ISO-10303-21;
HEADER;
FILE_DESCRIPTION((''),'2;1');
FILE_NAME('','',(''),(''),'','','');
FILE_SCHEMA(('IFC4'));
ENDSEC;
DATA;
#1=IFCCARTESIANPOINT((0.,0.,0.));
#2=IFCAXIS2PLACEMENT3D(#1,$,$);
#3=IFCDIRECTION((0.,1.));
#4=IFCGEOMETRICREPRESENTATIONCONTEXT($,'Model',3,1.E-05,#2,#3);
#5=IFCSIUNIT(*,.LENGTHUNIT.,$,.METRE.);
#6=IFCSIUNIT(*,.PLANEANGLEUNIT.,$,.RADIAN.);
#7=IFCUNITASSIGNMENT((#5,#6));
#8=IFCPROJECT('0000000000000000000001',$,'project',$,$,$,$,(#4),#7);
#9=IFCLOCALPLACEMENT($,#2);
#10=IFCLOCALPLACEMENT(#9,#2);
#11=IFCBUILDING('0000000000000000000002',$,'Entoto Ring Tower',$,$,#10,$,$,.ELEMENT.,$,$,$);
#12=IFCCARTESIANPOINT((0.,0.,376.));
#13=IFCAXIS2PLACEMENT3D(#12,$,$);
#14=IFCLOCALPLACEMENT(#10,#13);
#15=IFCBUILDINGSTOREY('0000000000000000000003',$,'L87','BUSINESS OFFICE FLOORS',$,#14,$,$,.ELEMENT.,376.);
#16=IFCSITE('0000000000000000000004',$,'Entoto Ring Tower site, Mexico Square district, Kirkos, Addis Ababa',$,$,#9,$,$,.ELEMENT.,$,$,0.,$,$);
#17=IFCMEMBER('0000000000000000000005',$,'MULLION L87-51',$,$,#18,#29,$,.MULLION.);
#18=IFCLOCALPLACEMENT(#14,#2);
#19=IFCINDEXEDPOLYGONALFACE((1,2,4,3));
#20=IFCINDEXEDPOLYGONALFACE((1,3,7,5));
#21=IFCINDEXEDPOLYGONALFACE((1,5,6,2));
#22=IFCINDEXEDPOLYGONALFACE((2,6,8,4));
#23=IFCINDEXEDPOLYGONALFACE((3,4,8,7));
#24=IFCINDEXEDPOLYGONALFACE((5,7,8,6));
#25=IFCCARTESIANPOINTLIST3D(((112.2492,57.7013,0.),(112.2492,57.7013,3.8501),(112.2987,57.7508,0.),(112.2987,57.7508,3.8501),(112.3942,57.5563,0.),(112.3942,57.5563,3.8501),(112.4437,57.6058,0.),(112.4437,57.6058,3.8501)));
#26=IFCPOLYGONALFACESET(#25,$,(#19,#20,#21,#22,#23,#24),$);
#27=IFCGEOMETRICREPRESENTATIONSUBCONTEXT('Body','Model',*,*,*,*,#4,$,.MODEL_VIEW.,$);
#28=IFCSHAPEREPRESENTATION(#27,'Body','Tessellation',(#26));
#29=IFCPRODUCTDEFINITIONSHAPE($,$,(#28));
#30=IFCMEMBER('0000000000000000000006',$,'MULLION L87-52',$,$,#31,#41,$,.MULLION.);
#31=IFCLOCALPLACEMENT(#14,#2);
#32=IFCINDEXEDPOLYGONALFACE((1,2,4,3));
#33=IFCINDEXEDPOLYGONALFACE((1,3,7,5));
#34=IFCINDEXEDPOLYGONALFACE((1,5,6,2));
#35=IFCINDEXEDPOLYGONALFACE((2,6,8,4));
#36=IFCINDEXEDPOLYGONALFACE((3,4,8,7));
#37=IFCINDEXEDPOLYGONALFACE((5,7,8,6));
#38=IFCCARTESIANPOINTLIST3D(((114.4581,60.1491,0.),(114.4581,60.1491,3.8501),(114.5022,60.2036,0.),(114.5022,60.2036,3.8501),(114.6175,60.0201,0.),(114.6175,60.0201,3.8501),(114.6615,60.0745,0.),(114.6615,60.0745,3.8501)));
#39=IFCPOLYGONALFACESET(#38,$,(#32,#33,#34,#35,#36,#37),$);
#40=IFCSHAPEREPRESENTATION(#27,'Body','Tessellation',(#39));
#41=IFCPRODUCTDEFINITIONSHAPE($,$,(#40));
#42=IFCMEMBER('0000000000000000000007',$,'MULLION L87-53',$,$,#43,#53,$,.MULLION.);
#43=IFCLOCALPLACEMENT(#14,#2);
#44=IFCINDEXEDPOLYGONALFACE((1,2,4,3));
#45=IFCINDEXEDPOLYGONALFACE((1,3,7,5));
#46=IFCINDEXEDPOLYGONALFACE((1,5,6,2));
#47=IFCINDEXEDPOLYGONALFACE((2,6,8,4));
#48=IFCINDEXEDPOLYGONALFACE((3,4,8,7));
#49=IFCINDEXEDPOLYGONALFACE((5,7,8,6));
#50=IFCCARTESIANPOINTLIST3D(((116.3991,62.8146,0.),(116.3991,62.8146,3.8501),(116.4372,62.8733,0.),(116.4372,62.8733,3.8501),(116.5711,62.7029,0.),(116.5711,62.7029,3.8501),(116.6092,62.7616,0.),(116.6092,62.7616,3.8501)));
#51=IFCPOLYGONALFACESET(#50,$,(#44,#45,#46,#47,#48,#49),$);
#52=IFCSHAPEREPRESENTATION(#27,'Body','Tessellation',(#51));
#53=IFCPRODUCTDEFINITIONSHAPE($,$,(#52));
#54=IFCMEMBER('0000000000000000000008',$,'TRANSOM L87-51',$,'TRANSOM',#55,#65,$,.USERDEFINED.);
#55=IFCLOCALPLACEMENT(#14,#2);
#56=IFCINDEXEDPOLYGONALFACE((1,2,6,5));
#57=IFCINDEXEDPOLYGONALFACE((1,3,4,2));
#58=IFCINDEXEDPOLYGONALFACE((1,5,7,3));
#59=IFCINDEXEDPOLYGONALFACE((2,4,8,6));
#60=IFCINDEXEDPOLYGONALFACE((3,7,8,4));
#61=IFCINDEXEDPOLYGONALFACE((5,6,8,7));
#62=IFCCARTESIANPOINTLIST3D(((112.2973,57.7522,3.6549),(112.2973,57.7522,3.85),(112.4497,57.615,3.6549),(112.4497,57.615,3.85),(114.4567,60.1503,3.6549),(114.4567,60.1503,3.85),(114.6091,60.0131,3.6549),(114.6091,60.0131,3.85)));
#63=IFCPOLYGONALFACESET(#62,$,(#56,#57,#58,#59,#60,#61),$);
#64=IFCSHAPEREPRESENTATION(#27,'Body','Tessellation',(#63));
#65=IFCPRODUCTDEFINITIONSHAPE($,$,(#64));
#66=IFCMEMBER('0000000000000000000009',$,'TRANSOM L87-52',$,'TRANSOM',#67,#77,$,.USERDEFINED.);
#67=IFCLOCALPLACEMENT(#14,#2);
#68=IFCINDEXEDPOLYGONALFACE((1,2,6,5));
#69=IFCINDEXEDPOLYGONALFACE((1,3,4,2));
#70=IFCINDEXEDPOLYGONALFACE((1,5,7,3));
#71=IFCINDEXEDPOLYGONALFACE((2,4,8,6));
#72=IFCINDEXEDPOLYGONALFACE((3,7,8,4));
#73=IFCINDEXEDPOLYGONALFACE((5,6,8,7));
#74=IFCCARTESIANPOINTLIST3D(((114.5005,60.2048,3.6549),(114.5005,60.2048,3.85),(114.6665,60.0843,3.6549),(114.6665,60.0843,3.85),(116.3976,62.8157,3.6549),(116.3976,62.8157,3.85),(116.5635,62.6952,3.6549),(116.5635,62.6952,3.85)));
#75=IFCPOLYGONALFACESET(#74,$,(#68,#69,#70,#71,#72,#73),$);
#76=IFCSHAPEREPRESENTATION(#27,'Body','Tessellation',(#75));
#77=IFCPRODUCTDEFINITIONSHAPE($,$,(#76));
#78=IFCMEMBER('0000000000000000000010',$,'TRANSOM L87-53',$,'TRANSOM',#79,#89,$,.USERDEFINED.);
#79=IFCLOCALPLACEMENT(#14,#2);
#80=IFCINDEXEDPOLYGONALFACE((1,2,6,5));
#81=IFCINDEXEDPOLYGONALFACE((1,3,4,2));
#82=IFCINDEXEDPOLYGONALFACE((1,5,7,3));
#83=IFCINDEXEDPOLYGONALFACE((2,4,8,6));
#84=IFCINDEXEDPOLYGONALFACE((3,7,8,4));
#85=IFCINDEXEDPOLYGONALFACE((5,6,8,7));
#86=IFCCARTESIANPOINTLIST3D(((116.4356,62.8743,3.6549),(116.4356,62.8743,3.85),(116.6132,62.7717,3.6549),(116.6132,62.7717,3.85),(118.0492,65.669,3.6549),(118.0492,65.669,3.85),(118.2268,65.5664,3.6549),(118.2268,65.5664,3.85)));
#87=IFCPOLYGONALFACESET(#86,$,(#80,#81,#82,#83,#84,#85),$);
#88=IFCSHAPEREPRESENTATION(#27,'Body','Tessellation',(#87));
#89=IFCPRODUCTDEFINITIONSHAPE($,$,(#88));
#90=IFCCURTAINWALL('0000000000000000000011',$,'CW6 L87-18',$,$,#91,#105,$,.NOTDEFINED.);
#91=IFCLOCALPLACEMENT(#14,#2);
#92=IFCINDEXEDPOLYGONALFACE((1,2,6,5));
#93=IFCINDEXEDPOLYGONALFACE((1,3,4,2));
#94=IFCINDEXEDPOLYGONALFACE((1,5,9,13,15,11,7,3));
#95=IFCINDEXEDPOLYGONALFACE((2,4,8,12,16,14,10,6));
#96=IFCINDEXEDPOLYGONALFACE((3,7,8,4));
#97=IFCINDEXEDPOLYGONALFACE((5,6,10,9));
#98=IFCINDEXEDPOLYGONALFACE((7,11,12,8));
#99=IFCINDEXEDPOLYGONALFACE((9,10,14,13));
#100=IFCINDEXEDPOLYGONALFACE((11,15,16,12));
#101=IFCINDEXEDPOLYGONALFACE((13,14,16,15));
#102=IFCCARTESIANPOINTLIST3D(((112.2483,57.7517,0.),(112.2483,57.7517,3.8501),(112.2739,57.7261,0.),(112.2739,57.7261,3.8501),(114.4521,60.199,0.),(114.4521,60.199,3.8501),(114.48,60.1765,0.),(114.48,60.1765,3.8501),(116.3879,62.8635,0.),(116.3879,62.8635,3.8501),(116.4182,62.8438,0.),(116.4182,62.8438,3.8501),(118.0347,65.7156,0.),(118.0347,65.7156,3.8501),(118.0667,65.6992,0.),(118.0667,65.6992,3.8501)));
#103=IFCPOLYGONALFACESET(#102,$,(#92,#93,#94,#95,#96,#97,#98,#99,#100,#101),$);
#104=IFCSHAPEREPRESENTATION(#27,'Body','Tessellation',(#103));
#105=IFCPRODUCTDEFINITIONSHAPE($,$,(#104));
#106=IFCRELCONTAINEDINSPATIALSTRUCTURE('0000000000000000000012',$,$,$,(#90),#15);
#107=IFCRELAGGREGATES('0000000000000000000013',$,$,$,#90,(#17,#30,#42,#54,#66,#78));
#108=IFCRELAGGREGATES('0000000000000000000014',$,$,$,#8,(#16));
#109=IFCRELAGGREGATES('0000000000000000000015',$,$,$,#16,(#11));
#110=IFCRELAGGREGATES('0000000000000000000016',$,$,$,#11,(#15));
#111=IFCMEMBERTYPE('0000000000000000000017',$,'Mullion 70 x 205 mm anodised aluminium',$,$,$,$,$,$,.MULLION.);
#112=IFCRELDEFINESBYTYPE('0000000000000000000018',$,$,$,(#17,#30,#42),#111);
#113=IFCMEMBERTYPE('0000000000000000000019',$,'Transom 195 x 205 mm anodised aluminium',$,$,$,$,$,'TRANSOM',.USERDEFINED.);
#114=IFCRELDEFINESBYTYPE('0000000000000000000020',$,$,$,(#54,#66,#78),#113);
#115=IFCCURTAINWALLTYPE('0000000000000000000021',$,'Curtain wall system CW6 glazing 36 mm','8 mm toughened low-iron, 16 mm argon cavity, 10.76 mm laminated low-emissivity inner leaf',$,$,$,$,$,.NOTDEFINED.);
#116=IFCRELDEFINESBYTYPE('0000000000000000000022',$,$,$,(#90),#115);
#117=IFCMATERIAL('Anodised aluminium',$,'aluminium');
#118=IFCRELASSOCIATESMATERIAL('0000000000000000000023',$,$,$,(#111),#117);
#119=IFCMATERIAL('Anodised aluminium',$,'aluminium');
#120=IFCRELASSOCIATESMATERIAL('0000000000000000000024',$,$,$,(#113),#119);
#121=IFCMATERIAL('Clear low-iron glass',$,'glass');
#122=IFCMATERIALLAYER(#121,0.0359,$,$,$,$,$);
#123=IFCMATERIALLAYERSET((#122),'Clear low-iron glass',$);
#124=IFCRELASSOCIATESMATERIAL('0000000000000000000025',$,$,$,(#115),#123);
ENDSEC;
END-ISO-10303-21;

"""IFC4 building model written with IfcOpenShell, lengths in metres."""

from ifc_helpers import new_model, si_unit, direction, frame, origin, origin_2d, place, context, subcontext, project, spatial, polyline, rectangle, outline, extrude, material, layer, layer_set, material_profile, profile_set, type_object, element, aggregate, save


model = new_model("IFC4")

# Units and contexts
model_context = context("Model", 3, precision=1e-05, world=origin(), true_north=direction((0.0, 1.0)))
body_context = subcontext(model_context, "Body", "Model", "MODEL_VIEW")
ifc_project = project(units=[si_unit("LENGTHUNIT", "METRE"), si_unit("PLANEANGLEUNIT", "RADIAN")], contexts=[model_context])

# Members
ifc_material_1 = material(Name="Anodised aluminium", Category="aluminium")
ifc_material_profile_1 = material_profile(ifc_material_1, rectangle(XDim=0.0701, YDim=0.2051, at=origin_2d()), Name="Mullion 70 x 205 mm anodised aluminium")
ifc_profile_set_1 = profile_set([ifc_material_profile_1], Name="Anodised aluminium")
member_type_1 = type_object("IfcMemberType", Name="Mullion 70 x 205 mm anodised aluminium", PredefinedType="MULLION", material=ifc_profile_set_1)
site_placement = place(None, origin())
building_placement = place(site_placement, origin())
storey_placement = place(building_placement, frame((0.0, 0.0, 376.0)))
member_1_placement = place(storey_placement, frame((112.3464, 57.6536, 0.0), z_axis=(0.0, 0.0, 1.0), x_axis=(0.707107, 0.707107, 0.0)))
member_1 = element("IfcMember", 1, at=member_1_placement, type_object=member_type_1, Name="MULLION L87-51", PredefinedType="MULLION", context=body_context, shape_type="SweptSolid", body=[
    extrude(rectangle(XDim=0.0701, YDim=0.2051, at=origin_2d()), origin(), (0.0, 0.0, 1.0), 3.8501),
])
member_2_placement = place(storey_placement, frame((114.5598, 60.1118, 0.0), z_axis=(0.0, 0.0, 1.0), x_axis=(0.62932, 0.777146, 0.0)))
member_2 = element("IfcMember", 2, at=member_2_placement, type_object=member_type_1, Name="MULLION L87-52", PredefinedType="MULLION", context=body_context, shape_type="SweptSolid", body=[
    extrude(rectangle(XDim=0.0701, YDim=0.2051, at=origin_2d()), origin(), (0.0, 0.0, 1.0), 3.8501),
])
member_3_placement = place(storey_placement, frame((116.5042, 62.7881, 0.0), z_axis=(0.0, 0.0, 1.0), x_axis=(0.544639, 0.838671, 0.0)))
member_3 = element("IfcMember", 3, at=member_3_placement, type_object=member_type_1, Name="MULLION L87-53", PredefinedType="MULLION", context=body_context, shape_type="SweptSolid", body=[
    extrude(rectangle(XDim=0.0701, YDim=0.2051, at=origin_2d()), origin(), (0.0, 0.0, 1.0), 3.8501),
])
ifc_material_2 = material(Name="Anodised aluminium", Category="aluminium")
ifc_material_profile_2 = material_profile(ifc_material_2, rectangle(XDim=0.2051, YDim=0.1951, at=origin_2d()), Name="Transom 195 x 205 mm anodised aluminium")
ifc_profile_set_2 = profile_set([ifc_material_profile_2], Name="Anodised aluminium")
member_type_2 = type_object("IfcMemberType", Name="Transom 195 x 205 mm anodised aluminium", ElementType="TRANSOM", PredefinedType="USERDEFINED", material=ifc_profile_set_2)
member_4_placement = place(storey_placement, frame((112.3735, 57.6836, 3.7524), z_axis=(0.669144, 0.743132, 0.0), x_axis=(-0.743132, 0.669144, 0.0)))
member_4 = element("IfcMember", 4, at=member_4_placement, type_object=member_type_2, Name="TRANSOM L87-51", ObjectType="TRANSOM", PredefinedType="USERDEFINED", context=body_context, shape_type="SweptSolid", body=[
    extrude(rectangle(XDim=0.2051, YDim=0.1951, at=origin_2d()), origin(), (0.0, 0.0, 1.0), 3.2271),
])
member_5_placement = place(storey_placement, frame((114.5835, 60.1445, 3.7524), z_axis=(0.587803, 0.809004, 0.0), x_axis=(-0.809004, 0.587803, 0.0)))
member_5 = element("IfcMember", 5, at=member_5_placement, type_object=member_type_2, Name="TRANSOM L87-52", ObjectType="TRANSOM", PredefinedType="USERDEFINED", context=body_context, shape_type="SweptSolid", body=[
    extrude(rectangle(XDim=0.2051, YDim=0.1951, at=origin_2d()), origin(), (0.0, 0.0, 1.0), 3.2273),
])
member_6_placement = place(storey_placement, frame((116.5244, 62.823, 3.7524), z_axis=(0.500004, 0.866023, 0.0), x_axis=(-0.866023, 0.500004, 0.0)))
member_6 = element("IfcMember", 6, at=member_6_placement, type_object=member_type_2, Name="TRANSOM L87-53", ObjectType="TRANSOM", PredefinedType="USERDEFINED", context=body_context, shape_type="SweptSolid", body=[
    extrude(rectangle(XDim=0.2051, YDim=0.1951, at=origin_2d()), origin(), (0.0, 0.0, 1.0), 3.2271),
])

# Site, building, storey
site = spatial("IfcSite", under=ifc_project, at=site_placement, Name="Entoto Ring Tower site, Mexico Square district, Kirkos, Addis Ababa", CompositionType="ELEMENT", RefElevation=0.0)
building = spatial("IfcBuilding", under=site, at=building_placement, Name="Entoto Ring Tower", CompositionType="ELEMENT")
storey = spatial("IfcBuildingStorey", under=building, at=storey_placement, Name="L87", Description="BUSINESS OFFICE FLOORS", CompositionType="ELEMENT", Elevation=376.0)

# Curtain wall
ifc_material_3 = material(Name="Clear low-iron glass", Category="glass")
ifc_layer_1 = layer(ifc_material_3, 0.0359)
ifc_layer_set_1 = layer_set([ifc_layer_1], Name="Clear low-iron glass")
curtain_wall_type = type_object("IfcCurtainWallType", Name="Curtain wall system CW6 glazing 36 mm", Description="8 mm toughened low-iron, 16 mm argon cavity, 10.76 mm laminated low-emissivity inner leaf", PredefinedType="NOTDEFINED", material=ifc_layer_set_1)
curtain_wall_1_placement = place(storey_placement, origin())
curtain_wall_1 = element("IfcCurtainWall", 7, at=curtain_wall_1_placement, inside=storey, type_object=curtain_wall_type, Name="CW6 L87-18", PredefinedType="NOTDEFINED", context=body_context, shape_type="SweptSolid", body=[
    extrude(outline(polyline([(112.2739, 57.7261), (114.48, 60.1765), (116.4182, 62.8438), (118.0667, 65.6992), (118.0347, 65.7156), (116.3879, 62.8635), (114.4521, 60.199), (112.2483, 57.7517), (112.2739, 57.7261)])), origin(), (0.0, 0.0, 1.0), 3.8501),
])
aggregate(curtain_wall_1, [member_1, member_2, member_3, member_4, member_5, member_6])

save(model, "model.ifc")
